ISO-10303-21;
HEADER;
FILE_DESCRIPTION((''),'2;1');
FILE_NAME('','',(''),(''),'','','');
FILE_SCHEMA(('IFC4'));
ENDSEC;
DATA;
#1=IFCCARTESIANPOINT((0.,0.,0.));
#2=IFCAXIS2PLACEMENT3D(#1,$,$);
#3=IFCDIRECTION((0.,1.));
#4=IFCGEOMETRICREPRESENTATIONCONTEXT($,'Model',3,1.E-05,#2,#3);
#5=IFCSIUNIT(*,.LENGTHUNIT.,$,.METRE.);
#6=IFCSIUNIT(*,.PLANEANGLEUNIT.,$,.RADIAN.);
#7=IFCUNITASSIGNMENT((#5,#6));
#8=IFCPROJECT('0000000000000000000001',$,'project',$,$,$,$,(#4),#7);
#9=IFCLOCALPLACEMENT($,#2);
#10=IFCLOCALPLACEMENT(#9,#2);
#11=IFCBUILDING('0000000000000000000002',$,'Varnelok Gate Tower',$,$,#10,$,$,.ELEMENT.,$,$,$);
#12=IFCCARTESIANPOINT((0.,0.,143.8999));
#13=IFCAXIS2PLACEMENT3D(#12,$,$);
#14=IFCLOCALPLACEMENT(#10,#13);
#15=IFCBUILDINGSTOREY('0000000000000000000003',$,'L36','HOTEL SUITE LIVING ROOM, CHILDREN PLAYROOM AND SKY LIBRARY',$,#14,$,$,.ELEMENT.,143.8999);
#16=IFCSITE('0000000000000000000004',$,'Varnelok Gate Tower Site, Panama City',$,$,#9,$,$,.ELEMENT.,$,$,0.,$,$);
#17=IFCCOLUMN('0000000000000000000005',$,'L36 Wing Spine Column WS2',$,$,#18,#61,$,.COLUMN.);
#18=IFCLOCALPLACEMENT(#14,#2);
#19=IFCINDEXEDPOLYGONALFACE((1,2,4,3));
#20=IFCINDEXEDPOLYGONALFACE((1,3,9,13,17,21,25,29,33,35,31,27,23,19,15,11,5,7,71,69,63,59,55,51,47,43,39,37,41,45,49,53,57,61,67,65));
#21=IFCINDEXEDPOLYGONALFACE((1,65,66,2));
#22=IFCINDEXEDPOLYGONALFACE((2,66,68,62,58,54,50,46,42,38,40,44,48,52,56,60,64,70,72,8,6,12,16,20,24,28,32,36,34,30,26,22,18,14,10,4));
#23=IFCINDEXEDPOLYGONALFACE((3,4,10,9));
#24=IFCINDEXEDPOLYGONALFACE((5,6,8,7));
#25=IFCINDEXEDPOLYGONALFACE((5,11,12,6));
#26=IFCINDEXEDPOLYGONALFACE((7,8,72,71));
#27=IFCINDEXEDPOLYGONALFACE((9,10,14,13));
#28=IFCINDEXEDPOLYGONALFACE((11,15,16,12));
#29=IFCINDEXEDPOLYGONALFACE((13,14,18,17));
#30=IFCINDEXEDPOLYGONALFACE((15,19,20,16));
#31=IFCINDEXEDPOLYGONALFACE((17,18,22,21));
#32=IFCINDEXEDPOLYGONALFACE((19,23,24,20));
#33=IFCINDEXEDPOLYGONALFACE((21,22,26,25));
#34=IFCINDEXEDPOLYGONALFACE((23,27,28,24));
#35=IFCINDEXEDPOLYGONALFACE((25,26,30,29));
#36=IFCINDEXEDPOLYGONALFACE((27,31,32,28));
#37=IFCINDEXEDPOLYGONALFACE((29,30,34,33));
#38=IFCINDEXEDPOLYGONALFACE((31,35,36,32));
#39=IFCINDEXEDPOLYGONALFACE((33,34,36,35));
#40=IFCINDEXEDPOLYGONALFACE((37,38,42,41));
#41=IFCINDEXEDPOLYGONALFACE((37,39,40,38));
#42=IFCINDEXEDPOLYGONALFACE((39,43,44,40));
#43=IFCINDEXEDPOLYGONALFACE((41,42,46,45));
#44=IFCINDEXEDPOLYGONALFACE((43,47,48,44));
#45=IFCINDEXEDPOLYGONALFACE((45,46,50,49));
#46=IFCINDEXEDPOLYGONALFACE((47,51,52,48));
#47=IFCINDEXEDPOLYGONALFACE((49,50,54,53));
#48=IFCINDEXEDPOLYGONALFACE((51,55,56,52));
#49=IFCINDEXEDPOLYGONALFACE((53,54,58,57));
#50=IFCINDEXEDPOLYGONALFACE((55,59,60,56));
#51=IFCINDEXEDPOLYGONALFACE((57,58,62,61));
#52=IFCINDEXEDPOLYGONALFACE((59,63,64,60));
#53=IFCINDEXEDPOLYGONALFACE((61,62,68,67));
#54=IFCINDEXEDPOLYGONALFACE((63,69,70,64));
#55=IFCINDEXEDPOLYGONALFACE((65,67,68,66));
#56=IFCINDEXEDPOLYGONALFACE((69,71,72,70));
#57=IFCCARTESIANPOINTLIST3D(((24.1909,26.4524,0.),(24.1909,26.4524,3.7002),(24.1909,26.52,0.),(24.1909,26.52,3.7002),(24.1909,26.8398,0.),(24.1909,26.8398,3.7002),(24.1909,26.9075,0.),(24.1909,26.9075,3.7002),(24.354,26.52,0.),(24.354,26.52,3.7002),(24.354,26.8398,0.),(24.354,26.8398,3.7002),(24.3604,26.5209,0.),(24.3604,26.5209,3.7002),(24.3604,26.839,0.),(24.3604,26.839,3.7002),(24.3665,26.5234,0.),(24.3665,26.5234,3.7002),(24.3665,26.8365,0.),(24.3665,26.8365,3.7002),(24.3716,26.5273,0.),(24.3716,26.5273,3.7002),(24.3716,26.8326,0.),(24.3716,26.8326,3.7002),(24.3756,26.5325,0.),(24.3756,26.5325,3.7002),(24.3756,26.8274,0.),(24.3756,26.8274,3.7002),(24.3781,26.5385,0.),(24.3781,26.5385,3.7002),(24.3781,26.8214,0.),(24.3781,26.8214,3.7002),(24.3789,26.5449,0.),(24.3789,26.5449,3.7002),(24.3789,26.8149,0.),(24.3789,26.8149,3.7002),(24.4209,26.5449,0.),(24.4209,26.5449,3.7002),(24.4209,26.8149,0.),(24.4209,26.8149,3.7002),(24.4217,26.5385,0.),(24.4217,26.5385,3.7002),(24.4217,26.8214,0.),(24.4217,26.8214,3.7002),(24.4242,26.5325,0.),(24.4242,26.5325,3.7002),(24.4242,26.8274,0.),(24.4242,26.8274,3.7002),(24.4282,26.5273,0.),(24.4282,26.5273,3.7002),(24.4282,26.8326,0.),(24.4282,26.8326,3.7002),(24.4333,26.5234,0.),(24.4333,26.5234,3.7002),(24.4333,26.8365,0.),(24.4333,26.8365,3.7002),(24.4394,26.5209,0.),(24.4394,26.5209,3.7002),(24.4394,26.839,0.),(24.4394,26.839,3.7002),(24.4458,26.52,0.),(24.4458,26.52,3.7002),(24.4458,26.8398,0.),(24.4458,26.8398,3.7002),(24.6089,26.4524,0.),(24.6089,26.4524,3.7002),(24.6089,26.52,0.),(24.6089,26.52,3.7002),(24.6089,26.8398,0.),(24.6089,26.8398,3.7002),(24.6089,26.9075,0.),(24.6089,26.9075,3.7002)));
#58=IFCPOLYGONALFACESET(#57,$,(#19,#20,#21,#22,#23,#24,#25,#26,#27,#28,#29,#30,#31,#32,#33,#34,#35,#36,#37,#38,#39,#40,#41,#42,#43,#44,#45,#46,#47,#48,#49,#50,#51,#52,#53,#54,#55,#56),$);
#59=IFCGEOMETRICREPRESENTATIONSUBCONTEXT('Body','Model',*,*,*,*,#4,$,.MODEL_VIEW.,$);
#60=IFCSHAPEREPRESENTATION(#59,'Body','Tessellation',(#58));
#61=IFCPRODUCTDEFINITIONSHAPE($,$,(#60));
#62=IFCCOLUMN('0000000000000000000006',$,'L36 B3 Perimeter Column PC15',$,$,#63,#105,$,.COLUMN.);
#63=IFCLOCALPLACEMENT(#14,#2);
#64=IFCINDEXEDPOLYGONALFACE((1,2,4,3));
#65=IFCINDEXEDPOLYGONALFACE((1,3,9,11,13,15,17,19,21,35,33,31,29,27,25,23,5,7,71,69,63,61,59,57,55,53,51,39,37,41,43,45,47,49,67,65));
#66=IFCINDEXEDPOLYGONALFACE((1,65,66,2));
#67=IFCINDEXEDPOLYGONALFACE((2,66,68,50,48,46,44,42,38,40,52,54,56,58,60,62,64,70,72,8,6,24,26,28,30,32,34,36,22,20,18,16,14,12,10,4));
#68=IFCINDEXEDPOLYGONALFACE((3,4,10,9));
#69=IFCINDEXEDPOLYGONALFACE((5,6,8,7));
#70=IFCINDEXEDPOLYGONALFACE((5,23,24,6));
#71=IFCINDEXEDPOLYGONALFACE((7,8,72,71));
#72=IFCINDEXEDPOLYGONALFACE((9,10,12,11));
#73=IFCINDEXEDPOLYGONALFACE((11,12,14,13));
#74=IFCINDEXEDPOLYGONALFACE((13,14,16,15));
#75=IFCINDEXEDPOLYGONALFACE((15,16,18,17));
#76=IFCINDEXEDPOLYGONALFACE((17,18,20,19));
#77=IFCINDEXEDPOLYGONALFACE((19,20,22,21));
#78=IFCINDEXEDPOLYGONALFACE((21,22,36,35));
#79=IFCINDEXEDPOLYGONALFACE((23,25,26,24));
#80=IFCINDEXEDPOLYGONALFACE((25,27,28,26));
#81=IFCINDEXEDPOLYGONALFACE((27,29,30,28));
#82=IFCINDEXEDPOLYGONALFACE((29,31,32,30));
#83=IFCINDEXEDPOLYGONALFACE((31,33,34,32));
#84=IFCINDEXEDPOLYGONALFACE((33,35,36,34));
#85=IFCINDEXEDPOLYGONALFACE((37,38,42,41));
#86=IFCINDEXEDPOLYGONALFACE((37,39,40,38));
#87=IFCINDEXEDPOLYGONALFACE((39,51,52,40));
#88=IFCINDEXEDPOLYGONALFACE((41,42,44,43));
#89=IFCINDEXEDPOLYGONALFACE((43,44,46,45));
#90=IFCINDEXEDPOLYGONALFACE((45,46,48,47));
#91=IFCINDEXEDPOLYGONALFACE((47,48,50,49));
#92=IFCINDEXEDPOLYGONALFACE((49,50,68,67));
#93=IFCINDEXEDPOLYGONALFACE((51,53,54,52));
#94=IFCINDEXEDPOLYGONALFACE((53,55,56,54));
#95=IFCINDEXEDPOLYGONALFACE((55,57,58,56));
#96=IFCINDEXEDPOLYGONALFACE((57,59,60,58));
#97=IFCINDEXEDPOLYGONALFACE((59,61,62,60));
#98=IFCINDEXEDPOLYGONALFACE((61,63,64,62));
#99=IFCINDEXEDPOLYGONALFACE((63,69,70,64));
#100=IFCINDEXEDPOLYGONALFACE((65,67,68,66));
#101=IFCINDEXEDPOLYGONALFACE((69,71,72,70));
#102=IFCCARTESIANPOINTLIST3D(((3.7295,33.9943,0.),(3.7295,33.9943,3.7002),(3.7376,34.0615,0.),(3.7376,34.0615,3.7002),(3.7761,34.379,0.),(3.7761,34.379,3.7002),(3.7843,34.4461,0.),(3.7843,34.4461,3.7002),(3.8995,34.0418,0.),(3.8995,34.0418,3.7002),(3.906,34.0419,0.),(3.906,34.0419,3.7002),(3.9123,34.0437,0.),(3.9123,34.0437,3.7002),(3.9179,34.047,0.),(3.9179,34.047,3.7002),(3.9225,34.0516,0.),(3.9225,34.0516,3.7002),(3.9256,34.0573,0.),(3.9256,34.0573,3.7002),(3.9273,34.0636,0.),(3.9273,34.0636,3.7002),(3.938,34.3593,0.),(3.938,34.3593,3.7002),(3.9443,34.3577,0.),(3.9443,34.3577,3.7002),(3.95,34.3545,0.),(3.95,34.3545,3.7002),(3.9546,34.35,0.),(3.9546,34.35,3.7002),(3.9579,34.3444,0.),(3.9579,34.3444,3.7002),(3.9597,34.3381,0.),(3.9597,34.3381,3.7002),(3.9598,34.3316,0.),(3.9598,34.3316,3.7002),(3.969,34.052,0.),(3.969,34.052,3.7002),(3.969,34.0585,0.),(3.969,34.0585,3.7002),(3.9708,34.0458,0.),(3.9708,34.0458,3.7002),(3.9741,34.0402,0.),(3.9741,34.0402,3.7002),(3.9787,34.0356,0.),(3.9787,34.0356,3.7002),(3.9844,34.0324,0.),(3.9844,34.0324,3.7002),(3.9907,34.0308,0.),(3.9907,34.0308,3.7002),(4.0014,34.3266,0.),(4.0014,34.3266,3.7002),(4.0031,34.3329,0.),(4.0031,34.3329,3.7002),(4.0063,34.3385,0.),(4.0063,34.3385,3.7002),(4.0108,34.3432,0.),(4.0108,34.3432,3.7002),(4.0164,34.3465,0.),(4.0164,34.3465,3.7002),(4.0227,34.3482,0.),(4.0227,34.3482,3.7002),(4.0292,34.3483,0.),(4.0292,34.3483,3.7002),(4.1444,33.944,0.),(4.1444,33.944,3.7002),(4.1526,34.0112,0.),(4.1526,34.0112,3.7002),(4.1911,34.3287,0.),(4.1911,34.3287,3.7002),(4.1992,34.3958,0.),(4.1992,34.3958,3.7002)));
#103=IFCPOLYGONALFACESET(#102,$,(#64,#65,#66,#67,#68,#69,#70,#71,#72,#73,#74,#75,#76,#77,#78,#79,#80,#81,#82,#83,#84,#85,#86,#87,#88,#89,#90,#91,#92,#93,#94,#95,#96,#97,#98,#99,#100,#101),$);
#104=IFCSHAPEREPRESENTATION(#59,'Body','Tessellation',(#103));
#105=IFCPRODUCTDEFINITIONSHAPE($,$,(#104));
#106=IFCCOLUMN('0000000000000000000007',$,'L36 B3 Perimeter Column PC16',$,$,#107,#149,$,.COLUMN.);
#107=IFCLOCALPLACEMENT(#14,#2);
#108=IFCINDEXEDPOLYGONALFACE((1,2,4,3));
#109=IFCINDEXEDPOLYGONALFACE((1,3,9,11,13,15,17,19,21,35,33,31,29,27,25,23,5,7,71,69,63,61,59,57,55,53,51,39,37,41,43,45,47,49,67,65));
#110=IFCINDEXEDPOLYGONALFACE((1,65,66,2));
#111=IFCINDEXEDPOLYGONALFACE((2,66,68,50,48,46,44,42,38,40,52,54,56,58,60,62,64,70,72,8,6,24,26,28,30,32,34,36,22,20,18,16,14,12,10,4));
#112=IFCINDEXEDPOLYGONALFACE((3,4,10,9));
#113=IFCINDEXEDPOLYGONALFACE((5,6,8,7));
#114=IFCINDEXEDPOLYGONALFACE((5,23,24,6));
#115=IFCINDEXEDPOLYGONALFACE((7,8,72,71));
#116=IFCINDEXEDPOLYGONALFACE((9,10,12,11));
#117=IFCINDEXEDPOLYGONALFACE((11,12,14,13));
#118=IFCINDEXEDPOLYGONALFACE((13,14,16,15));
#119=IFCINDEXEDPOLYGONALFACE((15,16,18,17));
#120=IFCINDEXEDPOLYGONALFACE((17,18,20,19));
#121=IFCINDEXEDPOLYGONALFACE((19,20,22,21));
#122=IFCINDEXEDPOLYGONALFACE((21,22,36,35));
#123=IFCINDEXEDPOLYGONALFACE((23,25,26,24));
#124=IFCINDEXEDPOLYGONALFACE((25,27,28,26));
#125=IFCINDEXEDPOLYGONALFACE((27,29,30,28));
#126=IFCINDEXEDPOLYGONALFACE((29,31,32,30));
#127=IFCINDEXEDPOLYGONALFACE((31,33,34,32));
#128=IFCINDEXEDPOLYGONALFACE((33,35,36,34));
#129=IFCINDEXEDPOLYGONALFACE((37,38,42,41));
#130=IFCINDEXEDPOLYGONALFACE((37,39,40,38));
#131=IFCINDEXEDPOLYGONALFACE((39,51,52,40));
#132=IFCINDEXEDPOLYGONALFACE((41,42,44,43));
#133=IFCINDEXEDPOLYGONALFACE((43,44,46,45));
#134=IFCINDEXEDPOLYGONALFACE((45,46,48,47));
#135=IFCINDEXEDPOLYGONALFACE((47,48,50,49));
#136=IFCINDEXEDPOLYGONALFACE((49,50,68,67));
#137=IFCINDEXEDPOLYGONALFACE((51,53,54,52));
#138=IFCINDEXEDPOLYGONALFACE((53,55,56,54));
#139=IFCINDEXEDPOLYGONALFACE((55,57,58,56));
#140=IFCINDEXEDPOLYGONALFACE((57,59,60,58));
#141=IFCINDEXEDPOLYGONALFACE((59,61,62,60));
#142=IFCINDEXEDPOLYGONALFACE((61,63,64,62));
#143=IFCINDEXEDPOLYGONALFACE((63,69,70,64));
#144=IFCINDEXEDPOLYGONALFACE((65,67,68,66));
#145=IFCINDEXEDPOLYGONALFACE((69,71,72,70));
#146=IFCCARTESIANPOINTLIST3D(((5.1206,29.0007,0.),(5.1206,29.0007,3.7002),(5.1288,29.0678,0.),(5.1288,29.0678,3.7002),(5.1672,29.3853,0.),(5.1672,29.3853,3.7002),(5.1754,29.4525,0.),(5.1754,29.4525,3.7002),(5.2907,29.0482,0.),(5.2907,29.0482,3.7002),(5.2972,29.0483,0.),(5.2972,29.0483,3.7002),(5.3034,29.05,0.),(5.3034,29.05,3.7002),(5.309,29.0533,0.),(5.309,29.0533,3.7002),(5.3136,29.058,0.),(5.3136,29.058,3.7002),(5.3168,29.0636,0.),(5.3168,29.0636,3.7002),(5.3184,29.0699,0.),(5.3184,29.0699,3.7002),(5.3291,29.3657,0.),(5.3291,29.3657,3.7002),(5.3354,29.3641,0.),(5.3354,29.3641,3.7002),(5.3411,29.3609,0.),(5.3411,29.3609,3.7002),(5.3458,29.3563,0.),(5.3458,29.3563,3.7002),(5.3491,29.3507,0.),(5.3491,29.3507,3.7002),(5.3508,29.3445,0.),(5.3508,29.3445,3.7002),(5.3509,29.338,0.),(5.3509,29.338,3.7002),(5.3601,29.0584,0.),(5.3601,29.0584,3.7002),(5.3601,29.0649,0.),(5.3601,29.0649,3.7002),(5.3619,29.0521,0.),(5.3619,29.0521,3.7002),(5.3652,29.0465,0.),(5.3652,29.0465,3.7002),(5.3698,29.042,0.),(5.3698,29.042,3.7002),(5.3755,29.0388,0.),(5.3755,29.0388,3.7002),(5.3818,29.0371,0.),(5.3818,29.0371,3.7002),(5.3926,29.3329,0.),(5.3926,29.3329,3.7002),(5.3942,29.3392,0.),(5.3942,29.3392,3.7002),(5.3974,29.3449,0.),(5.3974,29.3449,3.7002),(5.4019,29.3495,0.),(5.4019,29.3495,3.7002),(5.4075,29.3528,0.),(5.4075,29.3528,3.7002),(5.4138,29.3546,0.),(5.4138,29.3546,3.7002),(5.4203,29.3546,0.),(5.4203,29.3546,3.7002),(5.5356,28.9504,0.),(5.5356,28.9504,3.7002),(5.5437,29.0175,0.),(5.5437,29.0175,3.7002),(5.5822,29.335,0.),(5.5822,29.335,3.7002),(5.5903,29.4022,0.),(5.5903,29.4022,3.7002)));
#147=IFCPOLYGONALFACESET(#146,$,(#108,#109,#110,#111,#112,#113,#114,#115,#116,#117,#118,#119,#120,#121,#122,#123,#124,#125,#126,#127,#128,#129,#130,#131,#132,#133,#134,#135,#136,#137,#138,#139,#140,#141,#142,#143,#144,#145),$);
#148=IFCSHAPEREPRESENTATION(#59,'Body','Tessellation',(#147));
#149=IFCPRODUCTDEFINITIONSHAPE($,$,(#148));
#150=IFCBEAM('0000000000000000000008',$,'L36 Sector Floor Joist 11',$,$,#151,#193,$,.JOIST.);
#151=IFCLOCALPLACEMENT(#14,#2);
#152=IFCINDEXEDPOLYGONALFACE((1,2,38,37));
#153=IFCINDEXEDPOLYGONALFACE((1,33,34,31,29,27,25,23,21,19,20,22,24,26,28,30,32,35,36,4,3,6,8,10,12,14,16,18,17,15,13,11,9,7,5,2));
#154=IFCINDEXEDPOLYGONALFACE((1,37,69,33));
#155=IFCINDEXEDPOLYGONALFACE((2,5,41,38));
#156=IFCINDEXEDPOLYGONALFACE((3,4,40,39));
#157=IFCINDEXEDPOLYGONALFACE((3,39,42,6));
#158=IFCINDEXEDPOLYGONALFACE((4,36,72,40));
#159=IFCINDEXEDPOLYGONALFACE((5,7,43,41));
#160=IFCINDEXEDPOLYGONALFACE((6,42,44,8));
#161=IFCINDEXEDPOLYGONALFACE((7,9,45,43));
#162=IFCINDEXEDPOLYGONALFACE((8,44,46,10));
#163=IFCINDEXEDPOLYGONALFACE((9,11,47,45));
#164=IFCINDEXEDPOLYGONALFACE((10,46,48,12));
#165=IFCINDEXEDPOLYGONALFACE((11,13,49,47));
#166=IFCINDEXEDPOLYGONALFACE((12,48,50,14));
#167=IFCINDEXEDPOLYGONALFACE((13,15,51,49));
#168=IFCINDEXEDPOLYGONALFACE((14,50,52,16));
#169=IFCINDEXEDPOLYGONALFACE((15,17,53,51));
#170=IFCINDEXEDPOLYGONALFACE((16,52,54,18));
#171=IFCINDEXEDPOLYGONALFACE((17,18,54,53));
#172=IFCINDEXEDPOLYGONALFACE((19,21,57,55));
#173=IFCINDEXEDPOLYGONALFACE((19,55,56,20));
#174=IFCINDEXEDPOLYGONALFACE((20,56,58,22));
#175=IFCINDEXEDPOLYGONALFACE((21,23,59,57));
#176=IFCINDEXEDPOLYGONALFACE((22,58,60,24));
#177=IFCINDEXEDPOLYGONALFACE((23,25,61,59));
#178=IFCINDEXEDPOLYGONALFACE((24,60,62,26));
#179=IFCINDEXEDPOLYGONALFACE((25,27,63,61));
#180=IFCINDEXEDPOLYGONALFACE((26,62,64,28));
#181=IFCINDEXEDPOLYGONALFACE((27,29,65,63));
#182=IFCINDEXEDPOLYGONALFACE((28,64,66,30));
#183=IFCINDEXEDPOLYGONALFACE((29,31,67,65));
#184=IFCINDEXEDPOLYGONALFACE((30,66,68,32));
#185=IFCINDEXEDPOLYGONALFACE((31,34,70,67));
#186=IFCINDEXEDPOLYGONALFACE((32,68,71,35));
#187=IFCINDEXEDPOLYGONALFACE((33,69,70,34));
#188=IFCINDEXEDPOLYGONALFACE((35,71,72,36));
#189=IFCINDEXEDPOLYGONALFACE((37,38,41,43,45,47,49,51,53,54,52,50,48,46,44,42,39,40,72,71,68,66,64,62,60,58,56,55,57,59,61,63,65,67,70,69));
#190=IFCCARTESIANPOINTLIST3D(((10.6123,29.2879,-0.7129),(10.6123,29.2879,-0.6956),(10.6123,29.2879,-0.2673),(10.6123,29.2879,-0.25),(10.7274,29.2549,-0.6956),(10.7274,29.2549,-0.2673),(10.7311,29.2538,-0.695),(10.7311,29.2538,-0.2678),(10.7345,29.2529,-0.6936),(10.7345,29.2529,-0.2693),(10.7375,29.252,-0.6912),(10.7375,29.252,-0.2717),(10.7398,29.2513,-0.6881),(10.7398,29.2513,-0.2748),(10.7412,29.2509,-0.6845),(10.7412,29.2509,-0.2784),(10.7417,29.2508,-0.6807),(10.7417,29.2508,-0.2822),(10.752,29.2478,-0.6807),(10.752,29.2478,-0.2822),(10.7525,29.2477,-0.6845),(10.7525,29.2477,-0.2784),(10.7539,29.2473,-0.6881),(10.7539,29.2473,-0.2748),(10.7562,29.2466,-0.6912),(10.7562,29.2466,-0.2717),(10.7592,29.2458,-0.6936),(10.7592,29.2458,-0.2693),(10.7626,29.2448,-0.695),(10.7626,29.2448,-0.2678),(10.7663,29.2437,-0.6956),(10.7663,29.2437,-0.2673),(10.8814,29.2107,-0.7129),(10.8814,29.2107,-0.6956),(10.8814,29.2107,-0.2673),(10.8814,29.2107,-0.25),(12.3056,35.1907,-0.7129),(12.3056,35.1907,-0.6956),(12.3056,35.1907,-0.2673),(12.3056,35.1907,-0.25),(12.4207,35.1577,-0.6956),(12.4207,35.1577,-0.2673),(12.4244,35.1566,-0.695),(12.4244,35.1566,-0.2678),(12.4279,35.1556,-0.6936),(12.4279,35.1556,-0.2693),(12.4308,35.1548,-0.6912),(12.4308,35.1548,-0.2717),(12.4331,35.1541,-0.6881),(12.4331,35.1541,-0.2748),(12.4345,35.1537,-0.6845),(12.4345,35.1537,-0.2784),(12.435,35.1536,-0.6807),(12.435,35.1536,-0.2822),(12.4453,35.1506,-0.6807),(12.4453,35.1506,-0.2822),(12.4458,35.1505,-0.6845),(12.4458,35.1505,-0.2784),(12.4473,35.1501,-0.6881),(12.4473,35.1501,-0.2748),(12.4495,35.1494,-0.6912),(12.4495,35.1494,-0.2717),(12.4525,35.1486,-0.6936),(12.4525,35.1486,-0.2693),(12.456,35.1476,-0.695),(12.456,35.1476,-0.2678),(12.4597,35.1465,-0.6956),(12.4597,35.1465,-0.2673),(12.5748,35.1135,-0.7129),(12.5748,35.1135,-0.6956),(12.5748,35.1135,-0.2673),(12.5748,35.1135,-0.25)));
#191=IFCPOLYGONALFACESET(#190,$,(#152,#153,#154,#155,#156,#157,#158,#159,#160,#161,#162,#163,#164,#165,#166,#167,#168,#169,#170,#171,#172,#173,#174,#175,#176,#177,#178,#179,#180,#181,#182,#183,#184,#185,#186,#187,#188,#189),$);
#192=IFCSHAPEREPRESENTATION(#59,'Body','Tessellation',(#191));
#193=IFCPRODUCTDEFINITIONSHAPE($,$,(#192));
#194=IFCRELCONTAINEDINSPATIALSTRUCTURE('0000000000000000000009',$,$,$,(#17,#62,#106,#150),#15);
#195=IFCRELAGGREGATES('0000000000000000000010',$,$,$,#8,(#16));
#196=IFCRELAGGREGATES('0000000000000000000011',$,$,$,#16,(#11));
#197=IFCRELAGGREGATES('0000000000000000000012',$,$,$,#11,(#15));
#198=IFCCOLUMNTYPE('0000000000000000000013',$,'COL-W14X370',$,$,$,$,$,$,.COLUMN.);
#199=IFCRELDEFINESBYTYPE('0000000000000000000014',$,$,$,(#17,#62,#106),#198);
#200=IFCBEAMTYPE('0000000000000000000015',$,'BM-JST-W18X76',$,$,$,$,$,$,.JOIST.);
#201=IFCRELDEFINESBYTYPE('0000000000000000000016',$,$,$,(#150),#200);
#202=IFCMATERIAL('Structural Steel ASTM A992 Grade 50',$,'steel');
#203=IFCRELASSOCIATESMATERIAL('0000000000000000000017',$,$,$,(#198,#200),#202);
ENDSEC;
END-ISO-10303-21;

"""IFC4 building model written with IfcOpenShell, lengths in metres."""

from ifc_helpers import new_model, si_unit, direction, frame, origin, origin_2d, place, context, subcontext, project, spatial, i_section, extrude, material, material_profile, profile_set, type_object, element, save


model = new_model("IFC4")

# Units and contexts
model_context = context("Model", 3, precision=1e-05, world=origin(), true_north=direction((0.0, 1.0)))
body_context = subcontext(model_context, "Body", "Model", "MODEL_VIEW")
ifc_project = project(units=[si_unit("LENGTHUNIT", "METRE"), si_unit("PLANEANGLEUNIT", "RADIAN")], contexts=[model_context])

# Site, building, storey
site_placement = place(None, origin())
site = spatial("IfcSite", under=ifc_project, at=site_placement, Name="Varnelok Gate Tower Site, Panama City", CompositionType="ELEMENT", RefElevation=0.0)
building_placement = place(site_placement, origin())
building = spatial("IfcBuilding", under=site, at=building_placement, Name="Varnelok Gate Tower", CompositionType="ELEMENT")
storey_placement = place(building_placement, frame((0.0, 0.0, 143.8999)))
storey = spatial("IfcBuildingStorey", under=building, at=storey_placement, Name="L36", Description="HOTEL SUITE LIVING ROOM, CHILDREN PLAYROOM AND SKY LIBRARY", CompositionType="ELEMENT", Elevation=143.8999)

# Columns
ifc_material_1 = material(Name="Structural Steel ASTM A992 Grade 50", Category="steel")
ifc_material_profile_1 = material_profile(ifc_material_1, i_section(OverallWidth=0.418, OverallDepth=0.4551, WebThickness=0.042, FlangeThickness=0.0676, FilletRadius=0.0249, at=origin_2d()), Name="W14X370")
ifc_profile_set_1 = profile_set([ifc_material_profile_1], Name="Structural Steel ASTM A992 Grade 50")
column_type = type_object("IfcColumnType", Name="COL-W14X370", PredefinedType="COLUMN", material=ifc_profile_set_1)
for number, where, z_axis, x_axis, name in (
    (1, (24.3999, 26.6799, 0.0), (0.0, 0.0, 1.0), (1.0, 0.0, 0.0), "L36 Wing Spine Column WS2"),
    (2, (3.9644, 34.1951, 0.0), (0.0, 0.0, 1.0), (0.992732, -0.120345, 0.0), "L36 B3 Perimeter Column PC15"),
    (3, (5.3555, 29.2014, 0.0), (0.0, 0.0, 1.0), (0.992732, -0.120345, 0.0), "L36 B3 Perimeter Column PC16"),
):
    element("IfcColumn", number, at=place(storey_placement, frame(where, z_axis=z_axis, x_axis=x_axis)), inside=storey, type_object=column_type, Name=name, PredefinedType="COLUMN", context=body_context, shape_type="SweptSolid", body=[
        extrude(i_section(OverallWidth=0.418, OverallDepth=0.4551, WebThickness=0.042, FlangeThickness=0.0676, FilletRadius=0.0249, at=origin_2d()), origin(), (0.0, 0.0, 1.0), 3.7002),
    ])

# Beam
ifc_material_profile_2 = material_profile(ifc_material_1, i_section(OverallWidth=0.28, OverallDepth=0.4629, WebThickness=0.0107, FlangeThickness=0.0173, FilletRadius=0.0149, at=origin_2d()), Name="W18X76")
ifc_profile_set_2 = profile_set([ifc_material_profile_2], Name="Structural Steel ASTM A992 Grade 50")
beam_type_1 = type_object("IfcBeamType", Name="BM-JST-W18X76", PredefinedType="JOIST", material=ifc_profile_set_2)
beam_1_placement = place(storey_placement, frame((12.4402, 35.1521, -0.4814), z_axis=(-0.27575, -0.961229, 0.0), x_axis=(0.961229, -0.27575, 0.0)))
element("IfcBeam", 4, at=beam_1_placement, inside=storey, type_object=beam_type_1, Name="L36 Sector Floor Joist 11", PredefinedType="JOIST", context=body_context, shape_type="SweptSolid", body=[
    extrude(i_section(OverallWidth=0.28, OverallDepth=0.4629, WebThickness=0.0107, FlangeThickness=0.0173, FilletRadius=0.0149, at=origin_2d()), origin(), (0.0, 0.0, 1.0), 6.1409),
])

save(model, "model.ifc")
